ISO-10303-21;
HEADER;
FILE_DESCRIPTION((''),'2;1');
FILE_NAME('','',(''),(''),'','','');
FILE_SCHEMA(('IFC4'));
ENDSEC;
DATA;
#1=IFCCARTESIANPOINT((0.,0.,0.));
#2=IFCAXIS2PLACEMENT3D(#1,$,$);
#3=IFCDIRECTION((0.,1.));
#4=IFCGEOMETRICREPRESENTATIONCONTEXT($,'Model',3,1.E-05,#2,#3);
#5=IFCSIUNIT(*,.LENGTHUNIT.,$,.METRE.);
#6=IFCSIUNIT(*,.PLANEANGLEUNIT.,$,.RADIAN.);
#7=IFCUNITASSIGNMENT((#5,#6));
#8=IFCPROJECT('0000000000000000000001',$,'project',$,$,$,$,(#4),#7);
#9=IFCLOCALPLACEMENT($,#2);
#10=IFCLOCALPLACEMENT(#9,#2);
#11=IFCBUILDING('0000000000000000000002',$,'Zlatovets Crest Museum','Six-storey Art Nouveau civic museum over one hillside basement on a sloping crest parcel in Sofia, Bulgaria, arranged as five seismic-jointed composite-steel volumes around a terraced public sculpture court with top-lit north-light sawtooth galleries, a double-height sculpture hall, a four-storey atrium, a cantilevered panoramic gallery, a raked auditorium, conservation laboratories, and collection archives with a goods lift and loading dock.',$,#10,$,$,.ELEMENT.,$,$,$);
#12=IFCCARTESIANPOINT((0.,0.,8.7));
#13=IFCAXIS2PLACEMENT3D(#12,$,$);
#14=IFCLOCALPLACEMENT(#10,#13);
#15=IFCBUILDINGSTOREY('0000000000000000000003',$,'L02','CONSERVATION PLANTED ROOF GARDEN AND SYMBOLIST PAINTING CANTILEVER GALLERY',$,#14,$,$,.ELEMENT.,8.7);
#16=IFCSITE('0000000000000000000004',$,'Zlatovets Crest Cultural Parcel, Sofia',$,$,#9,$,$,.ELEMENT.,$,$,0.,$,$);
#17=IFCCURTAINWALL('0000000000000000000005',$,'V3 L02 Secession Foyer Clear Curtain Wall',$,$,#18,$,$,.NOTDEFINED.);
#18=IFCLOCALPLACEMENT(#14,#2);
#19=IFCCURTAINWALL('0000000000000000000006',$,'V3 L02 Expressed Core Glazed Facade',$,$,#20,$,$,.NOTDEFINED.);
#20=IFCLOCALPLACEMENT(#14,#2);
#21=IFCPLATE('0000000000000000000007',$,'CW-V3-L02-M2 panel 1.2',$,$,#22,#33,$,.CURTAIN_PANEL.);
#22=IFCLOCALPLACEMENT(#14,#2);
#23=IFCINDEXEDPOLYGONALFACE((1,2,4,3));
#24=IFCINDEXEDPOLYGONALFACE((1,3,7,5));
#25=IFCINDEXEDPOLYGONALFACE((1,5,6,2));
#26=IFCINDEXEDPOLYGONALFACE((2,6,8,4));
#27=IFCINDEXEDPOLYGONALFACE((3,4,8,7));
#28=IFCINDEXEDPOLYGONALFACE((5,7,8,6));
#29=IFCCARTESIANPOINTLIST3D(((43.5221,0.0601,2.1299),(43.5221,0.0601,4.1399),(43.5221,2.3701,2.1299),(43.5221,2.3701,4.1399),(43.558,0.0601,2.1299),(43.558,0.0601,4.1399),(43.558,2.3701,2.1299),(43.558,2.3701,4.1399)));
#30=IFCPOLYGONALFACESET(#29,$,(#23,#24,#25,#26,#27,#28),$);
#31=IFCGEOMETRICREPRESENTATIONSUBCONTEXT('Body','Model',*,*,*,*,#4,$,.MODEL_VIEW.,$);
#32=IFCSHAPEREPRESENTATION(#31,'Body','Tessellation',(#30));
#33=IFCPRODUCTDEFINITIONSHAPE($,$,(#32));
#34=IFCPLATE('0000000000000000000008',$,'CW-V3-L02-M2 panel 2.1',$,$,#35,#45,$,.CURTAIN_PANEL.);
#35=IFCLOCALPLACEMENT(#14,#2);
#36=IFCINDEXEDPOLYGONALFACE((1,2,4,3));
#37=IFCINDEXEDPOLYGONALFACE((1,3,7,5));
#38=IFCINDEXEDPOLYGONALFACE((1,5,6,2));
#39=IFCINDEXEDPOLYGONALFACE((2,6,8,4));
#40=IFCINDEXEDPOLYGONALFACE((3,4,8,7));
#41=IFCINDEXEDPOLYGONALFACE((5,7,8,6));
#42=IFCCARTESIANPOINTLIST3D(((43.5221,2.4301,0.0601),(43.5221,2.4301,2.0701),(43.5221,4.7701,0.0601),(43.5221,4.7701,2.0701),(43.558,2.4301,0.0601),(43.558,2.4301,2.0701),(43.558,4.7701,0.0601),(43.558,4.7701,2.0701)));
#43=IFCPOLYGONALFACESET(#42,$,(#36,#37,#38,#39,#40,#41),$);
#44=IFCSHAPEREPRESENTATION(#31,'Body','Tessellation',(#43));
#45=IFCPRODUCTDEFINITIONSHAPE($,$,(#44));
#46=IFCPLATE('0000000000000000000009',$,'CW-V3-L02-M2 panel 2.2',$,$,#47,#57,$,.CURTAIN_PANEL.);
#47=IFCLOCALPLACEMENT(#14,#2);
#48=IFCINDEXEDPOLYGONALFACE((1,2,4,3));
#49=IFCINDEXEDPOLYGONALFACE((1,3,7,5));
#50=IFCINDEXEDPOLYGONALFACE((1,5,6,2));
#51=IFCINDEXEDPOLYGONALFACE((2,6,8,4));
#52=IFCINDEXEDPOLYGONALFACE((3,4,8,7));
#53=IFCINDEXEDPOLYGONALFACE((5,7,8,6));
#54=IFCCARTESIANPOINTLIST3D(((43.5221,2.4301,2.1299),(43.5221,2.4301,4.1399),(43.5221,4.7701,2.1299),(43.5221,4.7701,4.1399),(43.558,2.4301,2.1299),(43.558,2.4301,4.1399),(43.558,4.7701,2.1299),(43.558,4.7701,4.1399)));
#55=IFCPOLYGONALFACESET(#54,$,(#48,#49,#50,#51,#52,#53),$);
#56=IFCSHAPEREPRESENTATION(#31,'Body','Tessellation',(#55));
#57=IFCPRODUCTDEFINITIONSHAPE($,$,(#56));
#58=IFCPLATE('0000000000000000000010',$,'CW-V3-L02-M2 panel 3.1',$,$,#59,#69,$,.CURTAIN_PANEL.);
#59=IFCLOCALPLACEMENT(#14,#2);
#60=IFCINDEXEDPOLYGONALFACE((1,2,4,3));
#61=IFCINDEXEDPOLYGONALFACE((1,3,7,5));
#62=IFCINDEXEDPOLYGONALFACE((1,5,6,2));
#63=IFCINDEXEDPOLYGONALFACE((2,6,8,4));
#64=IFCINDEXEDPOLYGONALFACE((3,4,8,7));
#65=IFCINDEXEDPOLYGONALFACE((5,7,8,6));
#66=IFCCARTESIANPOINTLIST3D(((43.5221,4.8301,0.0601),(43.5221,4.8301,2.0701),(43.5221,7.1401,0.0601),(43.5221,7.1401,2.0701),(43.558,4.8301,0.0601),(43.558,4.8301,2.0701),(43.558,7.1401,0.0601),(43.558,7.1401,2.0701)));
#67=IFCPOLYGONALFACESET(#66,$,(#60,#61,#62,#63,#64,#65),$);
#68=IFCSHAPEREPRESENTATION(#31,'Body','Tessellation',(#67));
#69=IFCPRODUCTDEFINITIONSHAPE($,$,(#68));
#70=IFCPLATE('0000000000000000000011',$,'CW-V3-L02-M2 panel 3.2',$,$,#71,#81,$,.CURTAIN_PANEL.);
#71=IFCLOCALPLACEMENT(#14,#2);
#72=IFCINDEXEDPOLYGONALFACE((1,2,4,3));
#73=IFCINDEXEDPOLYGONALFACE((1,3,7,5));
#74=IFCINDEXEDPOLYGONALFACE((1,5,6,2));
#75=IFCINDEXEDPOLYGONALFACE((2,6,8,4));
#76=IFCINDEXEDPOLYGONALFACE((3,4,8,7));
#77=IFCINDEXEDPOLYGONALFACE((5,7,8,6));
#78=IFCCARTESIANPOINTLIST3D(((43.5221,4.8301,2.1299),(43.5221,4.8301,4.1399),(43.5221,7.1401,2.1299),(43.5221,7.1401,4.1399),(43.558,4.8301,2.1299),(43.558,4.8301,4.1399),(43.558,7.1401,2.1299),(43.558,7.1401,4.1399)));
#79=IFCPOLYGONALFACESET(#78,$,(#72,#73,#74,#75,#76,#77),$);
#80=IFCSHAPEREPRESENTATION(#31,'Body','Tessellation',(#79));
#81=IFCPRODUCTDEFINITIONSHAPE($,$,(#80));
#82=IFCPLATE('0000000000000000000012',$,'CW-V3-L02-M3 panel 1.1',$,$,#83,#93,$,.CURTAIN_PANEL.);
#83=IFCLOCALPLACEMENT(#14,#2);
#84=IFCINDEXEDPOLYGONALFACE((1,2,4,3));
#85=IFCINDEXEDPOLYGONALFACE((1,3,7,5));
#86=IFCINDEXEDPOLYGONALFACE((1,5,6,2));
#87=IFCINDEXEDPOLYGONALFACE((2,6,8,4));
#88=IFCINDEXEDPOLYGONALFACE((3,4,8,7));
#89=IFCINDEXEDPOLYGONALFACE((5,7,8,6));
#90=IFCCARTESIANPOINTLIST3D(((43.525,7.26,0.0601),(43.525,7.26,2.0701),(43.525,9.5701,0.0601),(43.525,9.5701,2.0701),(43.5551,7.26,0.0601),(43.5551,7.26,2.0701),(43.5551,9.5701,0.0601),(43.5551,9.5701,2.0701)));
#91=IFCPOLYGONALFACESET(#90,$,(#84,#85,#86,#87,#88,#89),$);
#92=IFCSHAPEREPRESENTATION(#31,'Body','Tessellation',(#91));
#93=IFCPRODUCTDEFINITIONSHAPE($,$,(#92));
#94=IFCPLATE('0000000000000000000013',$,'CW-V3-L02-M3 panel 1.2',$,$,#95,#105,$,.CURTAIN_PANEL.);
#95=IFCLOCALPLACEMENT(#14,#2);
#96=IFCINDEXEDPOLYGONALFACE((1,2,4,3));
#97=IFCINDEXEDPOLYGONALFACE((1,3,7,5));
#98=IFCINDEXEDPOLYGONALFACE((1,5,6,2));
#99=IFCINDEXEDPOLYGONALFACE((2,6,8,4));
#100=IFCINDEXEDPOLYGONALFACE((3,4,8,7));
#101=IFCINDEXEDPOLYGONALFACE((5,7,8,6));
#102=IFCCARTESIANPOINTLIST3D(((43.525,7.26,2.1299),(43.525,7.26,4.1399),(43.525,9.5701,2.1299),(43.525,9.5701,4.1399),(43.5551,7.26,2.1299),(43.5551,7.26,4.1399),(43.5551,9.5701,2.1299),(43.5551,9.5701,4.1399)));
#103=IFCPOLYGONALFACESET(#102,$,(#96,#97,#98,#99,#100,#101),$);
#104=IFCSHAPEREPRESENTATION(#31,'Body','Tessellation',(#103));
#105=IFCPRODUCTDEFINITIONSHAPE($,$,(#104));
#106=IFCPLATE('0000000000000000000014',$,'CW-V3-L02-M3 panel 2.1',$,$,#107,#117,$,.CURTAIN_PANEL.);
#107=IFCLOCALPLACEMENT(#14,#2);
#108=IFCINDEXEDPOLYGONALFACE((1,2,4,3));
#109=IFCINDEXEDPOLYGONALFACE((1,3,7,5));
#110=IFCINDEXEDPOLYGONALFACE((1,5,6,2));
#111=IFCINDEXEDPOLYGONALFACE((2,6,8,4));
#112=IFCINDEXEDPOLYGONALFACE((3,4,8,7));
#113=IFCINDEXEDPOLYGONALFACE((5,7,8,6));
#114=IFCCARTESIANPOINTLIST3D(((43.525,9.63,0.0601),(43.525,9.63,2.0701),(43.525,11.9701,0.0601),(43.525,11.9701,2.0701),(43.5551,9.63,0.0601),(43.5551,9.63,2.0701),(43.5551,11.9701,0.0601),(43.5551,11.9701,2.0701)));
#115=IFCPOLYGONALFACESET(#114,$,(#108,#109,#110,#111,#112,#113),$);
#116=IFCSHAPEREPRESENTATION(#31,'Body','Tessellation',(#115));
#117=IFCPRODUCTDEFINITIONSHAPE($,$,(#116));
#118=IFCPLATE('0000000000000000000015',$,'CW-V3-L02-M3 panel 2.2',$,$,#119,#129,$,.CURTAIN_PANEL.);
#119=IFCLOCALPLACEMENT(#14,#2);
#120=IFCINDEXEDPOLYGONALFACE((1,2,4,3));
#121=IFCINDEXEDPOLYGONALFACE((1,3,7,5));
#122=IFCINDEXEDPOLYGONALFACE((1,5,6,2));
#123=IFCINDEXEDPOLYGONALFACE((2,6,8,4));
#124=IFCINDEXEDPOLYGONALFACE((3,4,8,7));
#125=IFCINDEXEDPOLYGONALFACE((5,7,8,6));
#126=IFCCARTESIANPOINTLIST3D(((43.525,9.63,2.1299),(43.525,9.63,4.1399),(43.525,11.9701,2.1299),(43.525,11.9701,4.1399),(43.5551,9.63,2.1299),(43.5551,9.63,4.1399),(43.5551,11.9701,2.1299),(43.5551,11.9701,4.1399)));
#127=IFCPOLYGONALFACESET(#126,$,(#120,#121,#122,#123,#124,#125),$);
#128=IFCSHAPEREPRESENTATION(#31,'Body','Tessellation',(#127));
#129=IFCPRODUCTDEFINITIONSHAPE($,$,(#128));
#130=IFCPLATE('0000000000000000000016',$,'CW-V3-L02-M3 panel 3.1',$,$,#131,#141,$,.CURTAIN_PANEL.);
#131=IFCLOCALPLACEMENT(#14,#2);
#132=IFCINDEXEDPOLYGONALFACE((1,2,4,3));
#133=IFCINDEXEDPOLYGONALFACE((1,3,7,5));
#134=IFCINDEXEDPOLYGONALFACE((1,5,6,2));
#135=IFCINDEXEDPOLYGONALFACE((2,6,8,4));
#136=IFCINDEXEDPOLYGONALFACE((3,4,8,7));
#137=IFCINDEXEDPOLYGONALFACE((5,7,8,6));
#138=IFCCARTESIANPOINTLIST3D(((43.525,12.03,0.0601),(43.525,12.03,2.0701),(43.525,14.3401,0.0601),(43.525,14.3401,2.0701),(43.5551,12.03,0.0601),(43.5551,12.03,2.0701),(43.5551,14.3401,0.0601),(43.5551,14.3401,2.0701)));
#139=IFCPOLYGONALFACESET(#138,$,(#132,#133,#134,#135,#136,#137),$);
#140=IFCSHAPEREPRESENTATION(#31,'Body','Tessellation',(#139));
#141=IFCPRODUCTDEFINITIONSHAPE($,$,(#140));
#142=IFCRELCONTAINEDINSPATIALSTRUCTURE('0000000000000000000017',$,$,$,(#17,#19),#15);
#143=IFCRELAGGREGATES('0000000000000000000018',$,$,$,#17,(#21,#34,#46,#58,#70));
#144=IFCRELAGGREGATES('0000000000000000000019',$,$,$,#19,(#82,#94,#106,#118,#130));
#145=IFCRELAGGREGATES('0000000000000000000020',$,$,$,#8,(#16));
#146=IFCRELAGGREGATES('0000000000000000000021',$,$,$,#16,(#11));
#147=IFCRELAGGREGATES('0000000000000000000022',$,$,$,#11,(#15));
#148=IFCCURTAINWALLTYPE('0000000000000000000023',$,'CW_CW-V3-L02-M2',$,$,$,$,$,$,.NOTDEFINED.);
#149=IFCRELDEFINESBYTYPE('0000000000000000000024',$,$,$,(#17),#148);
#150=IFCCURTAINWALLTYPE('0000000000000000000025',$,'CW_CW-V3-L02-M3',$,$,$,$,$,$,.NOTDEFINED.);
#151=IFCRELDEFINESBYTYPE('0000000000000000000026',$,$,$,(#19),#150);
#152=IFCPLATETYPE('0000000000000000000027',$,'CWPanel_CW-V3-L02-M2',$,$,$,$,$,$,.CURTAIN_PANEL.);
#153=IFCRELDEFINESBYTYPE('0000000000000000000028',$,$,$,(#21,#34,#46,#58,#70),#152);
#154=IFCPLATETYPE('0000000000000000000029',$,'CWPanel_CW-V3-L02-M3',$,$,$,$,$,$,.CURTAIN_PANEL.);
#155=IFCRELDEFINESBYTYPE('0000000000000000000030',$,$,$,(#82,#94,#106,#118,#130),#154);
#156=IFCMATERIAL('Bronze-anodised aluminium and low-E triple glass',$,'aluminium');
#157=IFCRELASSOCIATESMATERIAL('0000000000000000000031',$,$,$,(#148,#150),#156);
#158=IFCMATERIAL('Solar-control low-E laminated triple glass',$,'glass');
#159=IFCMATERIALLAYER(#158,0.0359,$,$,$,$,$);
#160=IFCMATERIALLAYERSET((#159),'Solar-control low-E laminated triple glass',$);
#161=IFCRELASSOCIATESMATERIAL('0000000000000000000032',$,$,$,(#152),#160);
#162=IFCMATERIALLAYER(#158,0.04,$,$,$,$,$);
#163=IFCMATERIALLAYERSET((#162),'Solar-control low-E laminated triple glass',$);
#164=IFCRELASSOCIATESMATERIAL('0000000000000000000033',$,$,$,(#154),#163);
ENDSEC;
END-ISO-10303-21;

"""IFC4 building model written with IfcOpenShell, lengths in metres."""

from ifc_helpers import new_model, si_unit, direction, frame, origin, origin_2d, place, context, subcontext, project, spatial, rectangle, extrude, material, layer, layer_set, type_object, element, aggregate, save


model = new_model("IFC4")

# Units and contexts
model_context = context("Model", 3, precision=1e-05, world=origin(), true_north=direction((0.0, 1.0)))
body_context = subcontext(model_context, "Body", "Model", "MODEL_VIEW")
ifc_project = project(units=[si_unit("LENGTHUNIT", "METRE"), si_unit("PLANEANGLEUNIT", "RADIAN")], contexts=[model_context])

# Site, building, storey
site_placement = place(None, origin())
site = spatial("IfcSite", under=ifc_project, at=site_placement, Name="Zlatovets Crest Cultural Parcel, Sofia", CompositionType="ELEMENT", RefElevation=0.0)
building_placement = place(site_placement, origin())
building = spatial("IfcBuilding", under=site, at=building_placement, Name="Zlatovets Crest Museum", Description="Six-storey Art Nouveau civic museum over one hillside basement on a sloping crest parcel in Sofia, Bulgaria, arranged as five seismic-jointed composite-steel volumes around a terraced public sculpture court with top-lit north-light sawtooth galleries, a double-height sculpture hall, a four-storey atrium, a cantilevered panoramic gallery, a raked auditorium, conservation laboratories, and collection archives with a goods lift and loading dock.", CompositionType="ELEMENT")
storey_placement = place(building_placement, frame((0.0, 0.0, 8.7)))
storey = spatial("IfcBuildingStorey", under=building, at=storey_placement, Name="L02", Description="CONSERVATION PLANTED ROOF GARDEN AND SYMBOLIST PAINTING CANTILEVER GALLERY", CompositionType="ELEMENT", Elevation=8.7)

# Curtain walls
ifc_material_1 = material(Name="Bronze-anodised aluminium and low-E triple glass", Category="aluminium")
curtain_wall_type_1 = type_object("IfcCurtainWallType", Name="CW_CW-V3-L02-M2", PredefinedType="NOTDEFINED", material=ifc_material_1)
curtain_wall_1_placement = place(storey_placement, origin())
curtain_wall_1 = element("IfcCurtainWall", 1, at=curtain_wall_1_placement, inside=storey, type_object=curtain_wall_type_1, Name="V3 L02 Secession Foyer Clear Curtain Wall", PredefinedType="NOTDEFINED")
curtain_wall_type_2 = type_object("IfcCurtainWallType", Name="CW_CW-V3-L02-M3", PredefinedType="NOTDEFINED", material=ifc_material_1)
curtain_wall_2_placement = place(storey_placement, origin())
curtain_wall_2 = element("IfcCurtainWall", 2, at=curtain_wall_2_placement, inside=storey, type_object=curtain_wall_type_2, Name="V3 L02 Expressed Core Glazed Facade", PredefinedType="NOTDEFINED")

# Plates
ifc_material_2 = material(Name="Solar-control low-E laminated triple glass", Category="glass")
ifc_layer_1 = layer(ifc_material_2, 0.0359)
ifc_layer_set_1 = layer_set([ifc_layer_1], Name="Solar-control low-E laminated triple glass")
plate_type_1 = type_object("IfcPlateType", Name="CWPanel_CW-V3-L02-M2", PredefinedType="CURTAIN_PANEL", material=ifc_layer_set_1)
plate_1_placement = place(storey_placement, frame((43.54, 1.2151, 2.1299), z_axis=(0.0, 0.0, 1.0), x_axis=(0.0, 1.0, 0.0)))
plate_1 = element("IfcPlate", 3, at=plate_1_placement, type_object=plate_type_1, Name="CW-V3-L02-M2 panel 1.2", PredefinedType="CURTAIN_PANEL", context=body_context, shape_type="SweptSolid", body=[
    extrude(rectangle(XDim=2.3101, YDim=0.0359, at=origin_2d()), origin(), (0.0, 0.0, 1.0), 2.01),
])
plate_2_placement = place(storey_placement, frame((43.54, 3.6001, 0.0601), z_axis=(0.0, 0.0, 1.0), x_axis=(0.0, 1.0, 0.0)))
plate_2 = element("IfcPlate", 4, at=plate_2_placement, type_object=plate_type_1, Name="CW-V3-L02-M2 panel 2.1", PredefinedType="CURTAIN_PANEL", context=body_context, shape_type="SweptSolid", body=[
    extrude(rectangle(XDim=2.3401, YDim=0.0359, at=origin_2d()), origin(), (0.0, 0.0, 1.0), 2.01),
])
plate_3_placement = place(storey_placement, frame((43.54, 3.6001, 2.1299), z_axis=(0.0, 0.0, 1.0), x_axis=(0.0, 1.0, 0.0)))
plate_3 = element("IfcPlate", 5, at=plate_3_placement, type_object=plate_type_1, Name="CW-V3-L02-M2 panel 2.2", PredefinedType="CURTAIN_PANEL", context=body_context, shape_type="SweptSolid", body=[
    extrude(rectangle(XDim=2.3401, YDim=0.0359, at=origin_2d()), origin(), (0.0, 0.0, 1.0), 2.01),
])
plate_4_placement = place(storey_placement, frame((43.54, 5.9851, 0.0601), z_axis=(0.0, 0.0, 1.0), x_axis=(0.0, 1.0, 0.0)))
plate_4 = element("IfcPlate", 6, at=plate_4_placement, type_object=plate_type_1, Name="CW-V3-L02-M2 panel 3.1", PredefinedType="CURTAIN_PANEL", context=body_context, shape_type="SweptSolid", body=[
    extrude(rectangle(XDim=2.3101, YDim=0.0359, at=origin_2d()), origin(), (0.0, 0.0, 1.0), 2.01),
])
plate_5_placement = place(storey_placement, frame((43.54, 5.9851, 2.1299), z_axis=(0.0, 0.0, 1.0), x_axis=(0.0, 1.0, 0.0)))
plate_5 = element("IfcPlate", 7, at=plate_5_placement, type_object=plate_type_1, Name="CW-V3-L02-M2 panel 3.2", PredefinedType="CURTAIN_PANEL", context=body_context, shape_type="SweptSolid", body=[
    extrude(rectangle(XDim=2.3101, YDim=0.0359, at=origin_2d()), origin(), (0.0, 0.0, 1.0), 2.01),
])
aggregate(curtain_wall_1, [plate_1, plate_2, plate_3, plate_4, plate_5])
ifc_layer_2 = layer(ifc_material_2, 0.04)
ifc_layer_set_2 = layer_set([ifc_layer_2], Name="Solar-control low-E laminated triple glass")
plate_type_2 = type_object("IfcPlateType", Name="CWPanel_CW-V3-L02-M3", PredefinedType="CURTAIN_PANEL", material=ifc_layer_set_2)
plate_6_placement = place(storey_placement, frame((43.54, 8.415, 0.0601), z_axis=(0.0, 0.0, 1.0), x_axis=(0.0, 1.0, 0.0)))
plate_6 = element("IfcPlate", 8, at=plate_6_placement, type_object=plate_type_2, Name="CW-V3-L02-M3 panel 1.1", PredefinedType="CURTAIN_PANEL", context=body_context, shape_type="SweptSolid", body=[
    extrude(rectangle(XDim=2.3101, YDim=0.03, at=origin_2d()), origin(), (0.0, 0.0, 1.0), 2.01),
])
plate_7_placement = place(storey_placement, frame((43.54, 8.415, 2.1299), z_axis=(0.0, 0.0, 1.0), x_axis=(0.0, 1.0, 0.0)))
plate_7 = element("IfcPlate", 9, at=plate_7_placement, type_object=plate_type_2, Name="CW-V3-L02-M3 panel 1.2", PredefinedType="CURTAIN_PANEL", context=body_context, shape_type="SweptSolid", body=[
    extrude(rectangle(XDim=2.3101, YDim=0.03, at=origin_2d()), origin(), (0.0, 0.0, 1.0), 2.01),
])
plate_8_placement = place(storey_placement, frame((43.54, 10.8, 0.0601), z_axis=(0.0, 0.0, 1.0), x_axis=(0.0, 1.0, 0.0)))
plate_8 = element("IfcPlate", 10, at=plate_8_placement, type_object=plate_type_2, Name="CW-V3-L02-M3 panel 2.1", PredefinedType="CURTAIN_PANEL", context=body_context, shape_type="SweptSolid", body=[
    extrude(rectangle(XDim=2.3401, YDim=0.03, at=origin_2d()), origin(), (0.0, 0.0, 1.0), 2.01),
])
plate_9_placement = place(storey_placement, frame((43.54, 10.8, 2.1299), z_axis=(0.0, 0.0, 1.0), x_axis=(0.0, 1.0, 0.0)))
plate_9 = element("IfcPlate", 11, at=plate_9_placement, type_object=plate_type_2, Name="CW-V3-L02-M3 panel 2.2", PredefinedType="CURTAIN_PANEL", context=body_context, shape_type="SweptSolid", body=[
    extrude(rectangle(XDim=2.3401, YDim=0.03, at=origin_2d()), origin(), (0.0, 0.0, 1.0), 2.01),
])
plate_10_placement = place(storey_placement, frame((43.54, 13.1851, 0.0601), z_axis=(0.0, 0.0, 1.0), x_axis=(0.0, 1.0, 0.0)))
plate_10 = element("IfcPlate", 12, at=plate_10_placement, type_object=plate_type_2, Name="CW-V3-L02-M3 panel 3.1", PredefinedType="CURTAIN_PANEL", context=body_context, shape_type="SweptSolid", body=[
    extrude(rectangle(XDim=2.3101, YDim=0.03, at=origin_2d()), origin(), (0.0, 0.0, 1.0), 2.01),
])
aggregate(curtain_wall_2, [plate_6, plate_7, plate_8, plate_9, plate_10])

save(model, "model.ifc")
